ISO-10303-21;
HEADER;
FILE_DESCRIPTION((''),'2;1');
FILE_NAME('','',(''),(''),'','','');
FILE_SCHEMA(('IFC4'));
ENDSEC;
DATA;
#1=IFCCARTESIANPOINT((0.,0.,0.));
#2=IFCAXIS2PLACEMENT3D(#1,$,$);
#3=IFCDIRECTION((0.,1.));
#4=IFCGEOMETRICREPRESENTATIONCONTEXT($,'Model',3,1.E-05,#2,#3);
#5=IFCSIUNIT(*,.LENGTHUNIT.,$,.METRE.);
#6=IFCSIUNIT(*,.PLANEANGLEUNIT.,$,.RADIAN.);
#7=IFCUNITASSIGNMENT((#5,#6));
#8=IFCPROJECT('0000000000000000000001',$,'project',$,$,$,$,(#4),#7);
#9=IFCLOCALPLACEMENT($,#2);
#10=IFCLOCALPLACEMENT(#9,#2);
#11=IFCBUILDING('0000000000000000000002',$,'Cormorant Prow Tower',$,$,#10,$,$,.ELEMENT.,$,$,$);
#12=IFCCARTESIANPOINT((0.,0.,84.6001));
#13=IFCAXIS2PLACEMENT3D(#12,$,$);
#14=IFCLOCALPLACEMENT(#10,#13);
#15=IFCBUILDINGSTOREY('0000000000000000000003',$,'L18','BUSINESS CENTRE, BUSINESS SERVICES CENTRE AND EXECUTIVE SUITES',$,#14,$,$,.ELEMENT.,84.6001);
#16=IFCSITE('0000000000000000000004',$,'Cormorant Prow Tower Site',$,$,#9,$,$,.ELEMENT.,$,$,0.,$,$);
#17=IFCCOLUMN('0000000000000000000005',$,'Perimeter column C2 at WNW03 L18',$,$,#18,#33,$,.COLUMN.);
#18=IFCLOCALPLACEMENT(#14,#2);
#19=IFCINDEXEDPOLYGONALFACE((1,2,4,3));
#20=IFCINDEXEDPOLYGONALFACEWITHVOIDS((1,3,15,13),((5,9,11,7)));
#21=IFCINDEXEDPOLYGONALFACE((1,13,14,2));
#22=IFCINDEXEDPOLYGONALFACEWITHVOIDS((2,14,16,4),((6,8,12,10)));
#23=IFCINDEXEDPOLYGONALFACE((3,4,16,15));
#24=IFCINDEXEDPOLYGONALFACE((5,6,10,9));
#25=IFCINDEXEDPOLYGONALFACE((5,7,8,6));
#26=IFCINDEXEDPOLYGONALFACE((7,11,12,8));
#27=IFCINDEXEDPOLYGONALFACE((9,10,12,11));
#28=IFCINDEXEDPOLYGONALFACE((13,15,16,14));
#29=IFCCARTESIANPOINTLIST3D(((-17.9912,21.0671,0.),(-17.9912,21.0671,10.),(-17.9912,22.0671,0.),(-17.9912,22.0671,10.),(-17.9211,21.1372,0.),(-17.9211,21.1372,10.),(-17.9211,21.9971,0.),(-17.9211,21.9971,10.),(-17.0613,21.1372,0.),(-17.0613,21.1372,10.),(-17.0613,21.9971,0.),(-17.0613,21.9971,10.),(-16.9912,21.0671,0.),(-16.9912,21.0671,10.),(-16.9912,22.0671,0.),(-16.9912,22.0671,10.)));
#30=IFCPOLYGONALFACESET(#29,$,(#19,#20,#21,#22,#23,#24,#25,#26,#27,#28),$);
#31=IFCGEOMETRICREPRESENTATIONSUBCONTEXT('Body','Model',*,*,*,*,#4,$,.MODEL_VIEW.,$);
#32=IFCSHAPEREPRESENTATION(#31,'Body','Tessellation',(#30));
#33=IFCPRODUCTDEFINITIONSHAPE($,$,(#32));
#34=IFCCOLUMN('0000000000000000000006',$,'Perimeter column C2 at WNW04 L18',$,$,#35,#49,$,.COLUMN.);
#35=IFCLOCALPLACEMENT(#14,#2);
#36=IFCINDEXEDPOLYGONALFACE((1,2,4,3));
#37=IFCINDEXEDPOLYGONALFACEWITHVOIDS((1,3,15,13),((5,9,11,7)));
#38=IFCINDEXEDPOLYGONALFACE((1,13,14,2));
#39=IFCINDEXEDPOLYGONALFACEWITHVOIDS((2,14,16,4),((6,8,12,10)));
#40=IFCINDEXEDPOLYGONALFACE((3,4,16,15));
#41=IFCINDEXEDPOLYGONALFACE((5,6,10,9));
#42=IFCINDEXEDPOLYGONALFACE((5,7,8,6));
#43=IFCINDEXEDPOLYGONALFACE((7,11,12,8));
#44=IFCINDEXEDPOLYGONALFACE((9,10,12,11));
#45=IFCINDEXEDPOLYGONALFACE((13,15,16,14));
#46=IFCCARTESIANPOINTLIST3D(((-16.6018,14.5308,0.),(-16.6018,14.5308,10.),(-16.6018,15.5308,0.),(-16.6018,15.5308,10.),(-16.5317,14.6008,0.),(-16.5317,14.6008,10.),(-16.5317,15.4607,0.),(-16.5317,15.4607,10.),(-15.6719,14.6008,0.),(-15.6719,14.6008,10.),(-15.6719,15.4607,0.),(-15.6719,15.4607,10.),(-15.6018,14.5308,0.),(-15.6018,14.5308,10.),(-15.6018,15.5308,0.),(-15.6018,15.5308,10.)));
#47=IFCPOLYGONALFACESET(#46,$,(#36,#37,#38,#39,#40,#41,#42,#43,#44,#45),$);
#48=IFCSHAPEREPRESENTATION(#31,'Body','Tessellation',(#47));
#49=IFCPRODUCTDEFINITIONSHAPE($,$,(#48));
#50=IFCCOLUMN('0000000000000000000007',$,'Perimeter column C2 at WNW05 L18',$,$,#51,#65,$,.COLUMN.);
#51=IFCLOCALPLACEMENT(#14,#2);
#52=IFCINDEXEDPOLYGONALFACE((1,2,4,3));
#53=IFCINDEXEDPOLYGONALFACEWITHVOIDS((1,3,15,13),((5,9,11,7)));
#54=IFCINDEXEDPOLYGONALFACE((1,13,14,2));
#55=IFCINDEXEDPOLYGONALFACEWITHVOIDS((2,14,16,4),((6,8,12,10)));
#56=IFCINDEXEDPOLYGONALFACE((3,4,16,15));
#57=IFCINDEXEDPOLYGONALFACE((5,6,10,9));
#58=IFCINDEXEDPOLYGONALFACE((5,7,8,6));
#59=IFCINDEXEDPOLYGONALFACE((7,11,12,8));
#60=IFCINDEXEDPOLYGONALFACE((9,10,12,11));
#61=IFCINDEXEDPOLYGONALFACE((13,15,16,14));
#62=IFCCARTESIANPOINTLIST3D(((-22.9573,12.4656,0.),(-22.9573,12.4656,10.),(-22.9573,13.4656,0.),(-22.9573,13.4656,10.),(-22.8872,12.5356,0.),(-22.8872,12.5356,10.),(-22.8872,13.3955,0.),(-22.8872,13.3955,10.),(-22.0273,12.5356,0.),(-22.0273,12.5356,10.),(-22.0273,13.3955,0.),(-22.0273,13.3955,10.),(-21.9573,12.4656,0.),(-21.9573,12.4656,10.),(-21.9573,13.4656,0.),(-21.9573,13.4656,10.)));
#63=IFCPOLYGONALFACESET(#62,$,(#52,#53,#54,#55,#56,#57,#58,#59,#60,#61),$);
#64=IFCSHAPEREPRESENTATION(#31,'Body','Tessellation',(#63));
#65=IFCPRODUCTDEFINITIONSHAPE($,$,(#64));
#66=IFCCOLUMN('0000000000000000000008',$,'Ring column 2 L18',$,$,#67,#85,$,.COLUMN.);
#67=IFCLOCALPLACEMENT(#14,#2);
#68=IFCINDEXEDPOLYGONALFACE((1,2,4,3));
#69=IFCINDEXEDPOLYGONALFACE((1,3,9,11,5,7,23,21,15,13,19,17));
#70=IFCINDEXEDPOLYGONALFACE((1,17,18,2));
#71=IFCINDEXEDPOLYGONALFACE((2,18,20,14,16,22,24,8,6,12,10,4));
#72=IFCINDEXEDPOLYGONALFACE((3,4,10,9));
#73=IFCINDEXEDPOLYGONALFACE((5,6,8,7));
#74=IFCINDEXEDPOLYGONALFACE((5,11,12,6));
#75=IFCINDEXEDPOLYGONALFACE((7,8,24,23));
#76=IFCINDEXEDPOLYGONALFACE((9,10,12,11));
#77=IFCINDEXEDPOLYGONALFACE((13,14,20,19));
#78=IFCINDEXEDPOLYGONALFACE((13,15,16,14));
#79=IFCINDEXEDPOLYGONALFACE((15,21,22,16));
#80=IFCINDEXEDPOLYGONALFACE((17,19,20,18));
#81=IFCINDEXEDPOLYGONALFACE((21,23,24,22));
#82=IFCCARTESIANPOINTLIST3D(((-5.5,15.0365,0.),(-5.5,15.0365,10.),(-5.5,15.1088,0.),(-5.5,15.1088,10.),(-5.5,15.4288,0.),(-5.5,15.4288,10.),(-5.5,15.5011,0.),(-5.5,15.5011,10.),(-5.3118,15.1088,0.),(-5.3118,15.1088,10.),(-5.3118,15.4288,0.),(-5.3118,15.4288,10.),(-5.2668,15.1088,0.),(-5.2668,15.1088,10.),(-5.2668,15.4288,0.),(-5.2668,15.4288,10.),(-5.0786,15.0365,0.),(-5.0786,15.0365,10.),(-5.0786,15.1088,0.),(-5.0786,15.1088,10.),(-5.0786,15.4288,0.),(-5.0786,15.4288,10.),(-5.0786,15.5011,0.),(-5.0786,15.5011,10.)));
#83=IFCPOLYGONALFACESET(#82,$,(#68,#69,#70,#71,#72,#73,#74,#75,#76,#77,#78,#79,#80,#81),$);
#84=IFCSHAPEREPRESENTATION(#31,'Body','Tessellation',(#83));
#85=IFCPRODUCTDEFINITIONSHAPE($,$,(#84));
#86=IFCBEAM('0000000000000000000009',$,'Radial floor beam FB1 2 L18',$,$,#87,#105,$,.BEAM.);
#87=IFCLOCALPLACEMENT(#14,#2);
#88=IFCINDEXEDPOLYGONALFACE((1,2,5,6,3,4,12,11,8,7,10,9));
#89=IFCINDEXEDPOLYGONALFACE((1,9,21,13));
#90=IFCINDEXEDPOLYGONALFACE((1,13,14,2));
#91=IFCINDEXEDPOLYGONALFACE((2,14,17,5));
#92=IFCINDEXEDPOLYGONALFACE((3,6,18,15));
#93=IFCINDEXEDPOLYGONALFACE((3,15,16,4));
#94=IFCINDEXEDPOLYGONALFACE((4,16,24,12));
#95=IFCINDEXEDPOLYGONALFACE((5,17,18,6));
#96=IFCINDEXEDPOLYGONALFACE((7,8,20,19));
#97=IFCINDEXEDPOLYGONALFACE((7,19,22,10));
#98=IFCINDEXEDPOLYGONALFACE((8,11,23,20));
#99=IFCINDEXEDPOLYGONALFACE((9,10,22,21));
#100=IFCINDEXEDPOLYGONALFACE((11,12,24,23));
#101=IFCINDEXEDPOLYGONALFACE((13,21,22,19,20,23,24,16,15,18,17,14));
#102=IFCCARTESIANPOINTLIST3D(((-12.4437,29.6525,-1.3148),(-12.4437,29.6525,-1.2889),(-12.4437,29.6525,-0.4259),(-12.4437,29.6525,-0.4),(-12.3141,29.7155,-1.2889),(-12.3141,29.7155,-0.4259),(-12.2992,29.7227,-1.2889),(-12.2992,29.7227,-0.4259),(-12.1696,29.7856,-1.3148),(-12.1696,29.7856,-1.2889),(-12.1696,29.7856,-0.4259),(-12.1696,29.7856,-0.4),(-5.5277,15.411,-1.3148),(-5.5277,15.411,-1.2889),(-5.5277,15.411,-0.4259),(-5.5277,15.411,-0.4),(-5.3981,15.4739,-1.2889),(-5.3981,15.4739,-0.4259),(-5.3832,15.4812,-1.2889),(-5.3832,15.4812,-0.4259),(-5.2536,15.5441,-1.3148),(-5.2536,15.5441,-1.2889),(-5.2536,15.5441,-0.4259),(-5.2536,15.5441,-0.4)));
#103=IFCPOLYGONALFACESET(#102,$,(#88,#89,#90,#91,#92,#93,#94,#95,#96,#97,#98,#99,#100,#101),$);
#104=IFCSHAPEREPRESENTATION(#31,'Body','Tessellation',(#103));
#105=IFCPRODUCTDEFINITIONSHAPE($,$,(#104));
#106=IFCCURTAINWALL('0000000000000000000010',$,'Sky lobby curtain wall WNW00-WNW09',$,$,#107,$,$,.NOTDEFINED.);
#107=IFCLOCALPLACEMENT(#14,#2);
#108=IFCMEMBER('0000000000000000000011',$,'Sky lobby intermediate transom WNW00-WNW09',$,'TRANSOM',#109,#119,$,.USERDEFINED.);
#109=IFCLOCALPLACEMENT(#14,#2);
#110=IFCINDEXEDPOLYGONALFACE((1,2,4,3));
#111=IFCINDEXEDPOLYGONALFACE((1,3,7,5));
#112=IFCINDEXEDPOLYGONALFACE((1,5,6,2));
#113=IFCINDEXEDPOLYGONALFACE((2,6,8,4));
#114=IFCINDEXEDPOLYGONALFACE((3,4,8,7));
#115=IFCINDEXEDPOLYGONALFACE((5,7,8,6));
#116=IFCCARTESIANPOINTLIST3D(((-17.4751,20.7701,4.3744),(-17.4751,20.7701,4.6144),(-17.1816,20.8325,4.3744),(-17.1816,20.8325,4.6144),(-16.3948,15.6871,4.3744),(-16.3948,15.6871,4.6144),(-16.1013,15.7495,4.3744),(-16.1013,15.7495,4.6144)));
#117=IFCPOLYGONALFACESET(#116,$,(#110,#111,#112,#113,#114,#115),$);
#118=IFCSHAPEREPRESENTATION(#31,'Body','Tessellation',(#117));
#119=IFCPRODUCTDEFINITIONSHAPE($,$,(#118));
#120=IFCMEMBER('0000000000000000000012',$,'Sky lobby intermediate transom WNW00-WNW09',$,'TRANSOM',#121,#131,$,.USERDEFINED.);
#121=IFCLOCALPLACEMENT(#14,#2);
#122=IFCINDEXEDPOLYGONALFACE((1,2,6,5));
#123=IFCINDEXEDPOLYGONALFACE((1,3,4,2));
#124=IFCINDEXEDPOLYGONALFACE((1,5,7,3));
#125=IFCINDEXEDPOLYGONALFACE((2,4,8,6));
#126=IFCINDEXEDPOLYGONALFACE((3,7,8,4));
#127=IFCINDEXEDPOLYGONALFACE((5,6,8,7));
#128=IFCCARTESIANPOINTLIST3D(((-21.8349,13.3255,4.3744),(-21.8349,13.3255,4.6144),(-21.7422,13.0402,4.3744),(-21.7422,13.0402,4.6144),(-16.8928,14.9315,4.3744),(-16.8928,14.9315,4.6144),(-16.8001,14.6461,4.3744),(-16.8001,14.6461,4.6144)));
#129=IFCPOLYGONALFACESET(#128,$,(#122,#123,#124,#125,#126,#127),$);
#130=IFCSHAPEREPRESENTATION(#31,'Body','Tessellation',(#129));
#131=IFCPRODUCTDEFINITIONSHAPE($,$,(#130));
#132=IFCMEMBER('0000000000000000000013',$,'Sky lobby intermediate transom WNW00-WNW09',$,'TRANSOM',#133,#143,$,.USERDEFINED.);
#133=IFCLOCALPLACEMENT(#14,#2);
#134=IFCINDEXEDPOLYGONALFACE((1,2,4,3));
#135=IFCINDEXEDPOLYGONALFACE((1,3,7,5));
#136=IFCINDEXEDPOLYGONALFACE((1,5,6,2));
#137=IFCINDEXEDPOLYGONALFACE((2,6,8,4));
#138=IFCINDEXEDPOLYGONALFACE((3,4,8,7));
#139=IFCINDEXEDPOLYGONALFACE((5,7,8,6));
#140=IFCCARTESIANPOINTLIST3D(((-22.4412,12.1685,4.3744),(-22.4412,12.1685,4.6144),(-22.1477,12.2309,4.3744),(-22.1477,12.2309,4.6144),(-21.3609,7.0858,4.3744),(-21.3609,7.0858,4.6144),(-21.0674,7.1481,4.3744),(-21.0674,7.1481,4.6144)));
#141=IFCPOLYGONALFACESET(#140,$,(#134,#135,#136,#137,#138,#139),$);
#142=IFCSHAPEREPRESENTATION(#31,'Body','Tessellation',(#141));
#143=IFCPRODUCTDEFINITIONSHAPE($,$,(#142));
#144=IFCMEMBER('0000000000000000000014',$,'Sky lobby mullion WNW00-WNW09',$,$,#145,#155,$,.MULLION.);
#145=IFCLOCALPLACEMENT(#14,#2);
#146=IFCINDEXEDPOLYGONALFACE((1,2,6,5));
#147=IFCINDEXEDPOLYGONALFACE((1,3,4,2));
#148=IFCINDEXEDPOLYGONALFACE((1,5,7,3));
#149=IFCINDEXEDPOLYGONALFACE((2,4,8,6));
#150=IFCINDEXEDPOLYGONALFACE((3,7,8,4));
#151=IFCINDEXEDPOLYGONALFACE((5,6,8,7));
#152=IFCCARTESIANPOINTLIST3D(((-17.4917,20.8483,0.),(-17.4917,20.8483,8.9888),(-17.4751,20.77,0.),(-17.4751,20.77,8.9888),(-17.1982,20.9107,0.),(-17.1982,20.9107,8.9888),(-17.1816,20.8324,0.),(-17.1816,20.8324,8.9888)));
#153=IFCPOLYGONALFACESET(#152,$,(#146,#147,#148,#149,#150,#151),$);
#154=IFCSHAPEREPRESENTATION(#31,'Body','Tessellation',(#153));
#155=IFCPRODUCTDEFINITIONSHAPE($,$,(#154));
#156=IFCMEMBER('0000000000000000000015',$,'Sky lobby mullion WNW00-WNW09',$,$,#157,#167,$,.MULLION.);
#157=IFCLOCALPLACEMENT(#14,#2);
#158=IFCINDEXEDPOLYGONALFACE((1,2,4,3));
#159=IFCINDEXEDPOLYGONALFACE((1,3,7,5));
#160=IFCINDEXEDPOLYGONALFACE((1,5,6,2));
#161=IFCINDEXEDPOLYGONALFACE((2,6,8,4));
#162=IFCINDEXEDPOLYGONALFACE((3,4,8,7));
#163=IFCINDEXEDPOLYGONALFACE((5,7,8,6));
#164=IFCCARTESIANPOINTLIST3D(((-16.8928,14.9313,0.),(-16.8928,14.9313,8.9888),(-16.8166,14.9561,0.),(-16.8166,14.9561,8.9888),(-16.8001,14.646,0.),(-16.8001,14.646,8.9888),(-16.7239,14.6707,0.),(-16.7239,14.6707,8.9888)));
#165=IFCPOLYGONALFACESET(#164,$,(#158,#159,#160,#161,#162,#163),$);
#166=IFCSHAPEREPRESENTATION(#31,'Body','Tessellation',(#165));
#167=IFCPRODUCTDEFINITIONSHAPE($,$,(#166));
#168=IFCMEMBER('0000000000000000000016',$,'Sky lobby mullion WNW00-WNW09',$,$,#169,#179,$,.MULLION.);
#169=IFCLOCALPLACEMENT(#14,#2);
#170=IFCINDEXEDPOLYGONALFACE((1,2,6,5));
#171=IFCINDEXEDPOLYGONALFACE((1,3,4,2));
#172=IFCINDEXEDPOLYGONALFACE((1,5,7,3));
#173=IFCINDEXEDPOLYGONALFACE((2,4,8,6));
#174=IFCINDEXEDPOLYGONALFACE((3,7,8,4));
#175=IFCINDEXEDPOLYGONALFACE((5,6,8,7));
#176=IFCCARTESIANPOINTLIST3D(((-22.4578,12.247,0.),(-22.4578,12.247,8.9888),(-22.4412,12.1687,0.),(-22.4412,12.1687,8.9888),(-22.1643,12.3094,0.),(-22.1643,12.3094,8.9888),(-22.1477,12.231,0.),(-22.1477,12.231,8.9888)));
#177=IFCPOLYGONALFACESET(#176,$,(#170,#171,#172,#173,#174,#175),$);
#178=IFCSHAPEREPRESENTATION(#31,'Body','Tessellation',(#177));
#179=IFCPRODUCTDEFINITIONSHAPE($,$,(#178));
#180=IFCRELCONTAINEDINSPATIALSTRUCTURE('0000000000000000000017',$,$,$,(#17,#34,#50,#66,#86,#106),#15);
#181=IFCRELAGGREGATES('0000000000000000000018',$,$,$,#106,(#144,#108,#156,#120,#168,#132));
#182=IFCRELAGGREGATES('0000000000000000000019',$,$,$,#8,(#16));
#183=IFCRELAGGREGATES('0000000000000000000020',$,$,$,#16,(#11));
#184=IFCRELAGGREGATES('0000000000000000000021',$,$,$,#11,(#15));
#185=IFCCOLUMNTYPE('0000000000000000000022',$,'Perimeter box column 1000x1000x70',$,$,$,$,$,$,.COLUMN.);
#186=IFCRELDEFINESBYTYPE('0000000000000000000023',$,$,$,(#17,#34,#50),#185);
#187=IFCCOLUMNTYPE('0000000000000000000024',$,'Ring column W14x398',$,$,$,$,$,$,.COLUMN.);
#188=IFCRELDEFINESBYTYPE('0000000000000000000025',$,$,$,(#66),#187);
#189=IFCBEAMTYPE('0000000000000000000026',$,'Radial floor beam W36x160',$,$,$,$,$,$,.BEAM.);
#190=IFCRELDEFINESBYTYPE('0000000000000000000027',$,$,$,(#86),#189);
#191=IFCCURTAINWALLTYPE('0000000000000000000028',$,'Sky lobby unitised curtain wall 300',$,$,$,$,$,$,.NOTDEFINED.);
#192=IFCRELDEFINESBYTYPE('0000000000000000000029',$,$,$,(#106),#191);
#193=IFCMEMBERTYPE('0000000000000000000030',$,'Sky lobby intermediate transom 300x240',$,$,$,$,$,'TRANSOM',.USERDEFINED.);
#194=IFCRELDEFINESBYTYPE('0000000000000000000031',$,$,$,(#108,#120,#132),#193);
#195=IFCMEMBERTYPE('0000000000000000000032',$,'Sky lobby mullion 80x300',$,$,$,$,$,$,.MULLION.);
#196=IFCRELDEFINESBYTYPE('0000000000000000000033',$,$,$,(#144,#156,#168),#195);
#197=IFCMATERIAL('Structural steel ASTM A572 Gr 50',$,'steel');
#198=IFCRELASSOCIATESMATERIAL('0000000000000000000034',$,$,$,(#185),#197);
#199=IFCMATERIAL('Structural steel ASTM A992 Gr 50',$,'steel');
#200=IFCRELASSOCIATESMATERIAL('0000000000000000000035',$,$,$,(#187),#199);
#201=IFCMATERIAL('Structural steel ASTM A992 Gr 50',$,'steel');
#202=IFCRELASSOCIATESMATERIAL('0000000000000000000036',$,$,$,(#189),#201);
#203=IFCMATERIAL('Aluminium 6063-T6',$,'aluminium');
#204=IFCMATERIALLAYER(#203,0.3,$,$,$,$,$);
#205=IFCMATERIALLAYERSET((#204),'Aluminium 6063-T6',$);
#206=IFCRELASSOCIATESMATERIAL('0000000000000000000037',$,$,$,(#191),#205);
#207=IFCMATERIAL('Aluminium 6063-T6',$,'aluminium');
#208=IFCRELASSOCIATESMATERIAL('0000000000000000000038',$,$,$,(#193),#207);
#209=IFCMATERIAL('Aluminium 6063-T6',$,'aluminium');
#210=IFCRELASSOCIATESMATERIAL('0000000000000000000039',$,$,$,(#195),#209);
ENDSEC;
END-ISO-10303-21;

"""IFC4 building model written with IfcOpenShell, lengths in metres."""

from ifc_helpers import new_model, si_unit, direction, frame, origin, origin_2d, place, context, subcontext, project, spatial, rectangle, hollow_rectangle, i_section, extrude, material, layer, layer_set, material_profile, profile_set, type_object, element, aggregate, save


model = new_model("IFC4")

# Units and contexts
model_context = context("Model", 3, precision=1e-05, world=origin(), true_north=direction((0.0, 1.0)))
body_context = subcontext(model_context, "Body", "Model", "MODEL_VIEW")
ifc_project = project(units=[si_unit("LENGTHUNIT", "METRE"), si_unit("PLANEANGLEUNIT", "RADIAN")], contexts=[model_context])

# Site, building, storey
site_placement = place(None, origin())
site = spatial("IfcSite", under=ifc_project, at=site_placement, Name="Cormorant Prow Tower Site", CompositionType="ELEMENT", RefElevation=0.0)
building_placement = place(site_placement, origin())
building = spatial("IfcBuilding", under=site, at=building_placement, Name="Cormorant Prow Tower", CompositionType="ELEMENT")
storey_placement = place(building_placement, frame((0.0, 0.0, 84.6001)))
storey = spatial("IfcBuildingStorey", under=building, at=storey_placement, Name="L18", Description="BUSINESS CENTRE, BUSINESS SERVICES CENTRE AND EXECUTIVE SUITES", CompositionType="ELEMENT", Elevation=84.6001)

# Columns
ifc_material_1 = material(Name="Structural steel ASTM A572 Gr 50", Category="steel")
ifc_material_profile_1 = material_profile(ifc_material_1, hollow_rectangle(XDim=1.0, YDim=1.0, WallThickness=0.0701, at=origin_2d()), Name="Box 1000x1000x70")
ifc_profile_set_1 = profile_set([ifc_material_profile_1], Name="Structural steel ASTM A572 Gr 50")
column_type_1 = type_object("IfcColumnType", Name="Perimeter box column 1000x1000x70", PredefinedType="COLUMN", material=ifc_profile_set_1)
for number, where, z_axis, x_axis, name in (
    (1, (-17.4912, 21.5671, 0.0), (0.0, 0.0, 1.0), (1.0, 0.0, 0.0), "Perimeter column C2 at WNW03 L18"),
    (2, (-16.1018, 15.0308, 0.0), (0.0, 0.0, 1.0), (1.0, 0.0, 0.0), "Perimeter column C2 at WNW04 L18"),
    (3, (-22.4573, 12.9656, 0.0), (0.0, 0.0, 1.0), (1.0, 0.0, 0.0), "Perimeter column C2 at WNW05 L18"),
):
    element("IfcColumn", number, at=place(storey_placement, frame(where, z_axis=z_axis, x_axis=x_axis)), inside=storey, type_object=column_type_1, Name=name, PredefinedType="COLUMN", context=body_context, shape_type="SweptSolid", body=[
        extrude(hollow_rectangle(XDim=1.0, YDim=1.0, WallThickness=0.0701, at=origin_2d()), origin(), (0.0, 0.0, 1.0), 10.0),
    ])
ifc_material_2 = material(Name="Structural steel ASTM A992 Gr 50", Category="steel")
ifc_material_profile_2 = material_profile(ifc_material_2, i_section(OverallWidth=0.4214, OverallDepth=0.4646, WebThickness=0.0449, FlangeThickness=0.0723, at=origin_2d()), Name="W14x398")
ifc_profile_set_2 = profile_set([ifc_material_profile_2], Name="Structural steel ASTM A992 Gr 50")
column_type_2 = type_object("IfcColumnType", Name="Ring column W14x398", PredefinedType="COLUMN", material=ifc_profile_set_2)
column_placement = place(storey_placement, frame((-5.2893, 15.2688, 0.0), z_axis=(0.0, 0.0, 1.0), x_axis=(1.0, 0.0, 0.0)))
element("IfcColumn", 4, at=column_placement, inside=storey, type_object=column_type_2, Name="Ring column 2 L18", PredefinedType="COLUMN", context=body_context, shape_type="SweptSolid", body=[
    extrude(i_section(OverallWidth=0.4214, OverallDepth=0.4646, WebThickness=0.0449, FlangeThickness=0.0723, at=origin_2d()), origin(), (0.0, 0.0, 1.0), 10.0),
])

# Beam
ifc_material_3 = material(Name="Structural steel ASTM A992 Gr 50", Category="steel")
ifc_material_profile_3 = material_profile(ifc_material_3, i_section(OverallWidth=0.3047, OverallDepth=0.9148, WebThickness=0.0166, FlangeThickness=0.0259, at=origin_2d()), Name="W36x160")
ifc_profile_set_3 = profile_set([ifc_material_profile_3], Name="Structural steel ASTM A992 Gr 50")
beam_type_1 = type_object("IfcBeamType", Name="Radial floor beam W36x160", PredefinedType="BEAM", material=ifc_profile_set_3)
beam_1_placement = place(storey_placement, frame((-5.3906, 15.4775, -0.8574), z_axis=(-0.436839, 0.899539, 0.0), x_axis=(-0.899539, -0.436839, 0.0)))
element("IfcBeam", 5, at=beam_1_placement, inside=storey, type_object=beam_type_1, Name="Radial floor beam FB1 2 L18", PredefinedType="BEAM", context=body_context, shape_type="SweptSolid", body=[
    extrude(i_section(OverallWidth=0.3047, OverallDepth=0.9148, WebThickness=0.0166, FlangeThickness=0.0259, at=origin_2d()), origin(), (0.0, 0.0, 1.0), 15.832),
])

# Curtain wall, members
ifc_material_4 = material(Name="Aluminium 6063-T6", Category="aluminium")
ifc_layer_1 = layer(ifc_material_4, 0.3)
ifc_layer_set_1 = layer_set([ifc_layer_1], Name="Aluminium 6063-T6")
curtain_wall_type = type_object("IfcCurtainWallType", Name="Sky lobby unitised curtain wall 300", PredefinedType="NOTDEFINED", material=ifc_layer_set_1)
curtain_wall_placement = place(storey_placement, origin())
curtain_wall = element("IfcCurtainWall", 6, at=curtain_wall_placement, inside=storey, type_object=curtain_wall_type, Name="Sky lobby curtain wall WNW00-WNW09", PredefinedType="NOTDEFINED")
ifc_material_5 = material(Name="Aluminium 6063-T6", Category="aluminium")
ifc_material_profile_4 = material_profile(ifc_material_5, rectangle(XDim=0.3, YDim=0.24, at=origin_2d()), Name="Sky lobby intermediate transom 300x240")
ifc_profile_set_4 = profile_set([ifc_material_profile_4], Name="Aluminium 6063-T6")
member_type_1 = type_object("IfcMemberType", Name="Sky lobby intermediate transom 300x240", ElementType="TRANSOM", PredefinedType="USERDEFINED", material=ifc_profile_set_4)
member_1_placement = place(storey_placement, frame((-17.3284, 20.8013, 4.4944), z_axis=(0.207892, -0.978152, 0.0), x_axis=(0.978152, 0.207892, 0.0)))
member_1 = element("IfcMember", 7, at=member_1_placement, type_object=member_type_1, Name="Sky lobby intermediate transom WNW00-WNW09", ObjectType="TRANSOM", PredefinedType="USERDEFINED", context=body_context, shape_type="SweptSolid", body=[
    extrude(rectangle(XDim=0.3, YDim=0.24, at=origin_2d()), origin(), (0.0, 0.0, 1.0), 5.1965),
])
member_2_placement = place(storey_placement, frame((-16.8464, 14.7888, 4.4944), z_axis=(-0.951048, -0.309045, 0.0), x_axis=(0.309045, -0.951048, 0.0)))
member_2 = element("IfcMember", 8, at=member_2_placement, type_object=member_type_1, Name="Sky lobby intermediate transom WNW00-WNW09", ObjectType="TRANSOM", PredefinedType="USERDEFINED", context=body_context, shape_type="SweptSolid", body=[
    extrude(rectangle(XDim=0.3, YDim=0.24, at=origin_2d()), origin(), (0.0, 0.0, 1.0), 5.1965),
])
member_3_placement = place(storey_placement, frame((-22.2944, 12.1997, 4.4944), z_axis=(0.207902, -0.97815, 0.0), x_axis=(0.97815, 0.207902, 0.0)))
member_3 = element("IfcMember", 9, at=member_3_placement, type_object=member_type_1, Name="Sky lobby intermediate transom WNW00-WNW09", ObjectType="TRANSOM", PredefinedType="USERDEFINED", context=body_context, shape_type="SweptSolid", body=[
    extrude(rectangle(XDim=0.3, YDim=0.24, at=origin_2d()), origin(), (0.0, 0.0, 1.0), 5.1963),
])
ifc_material_6 = material(Name="Aluminium 6063-T6", Category="aluminium")
ifc_material_profile_5 = material_profile(ifc_material_6, rectangle(XDim=0.3, YDim=0.0801, at=origin_2d()), Name="Sky lobby mullion 80x300")
ifc_profile_set_5 = profile_set([ifc_material_profile_5], Name="Aluminium 6063-T6")
member_type_2 = type_object("IfcMemberType", Name="Sky lobby mullion 80x300", PredefinedType="MULLION", material=ifc_profile_set_5)
member_4_placement = place(storey_placement, frame((-17.3367, 20.8403, 0.0), z_axis=(0.0, 0.0, 1.0), x_axis=(0.978148, 0.207912, 0.0)))
member_4 = element("IfcMember", 10, at=member_4_placement, type_object=member_type_2, Name="Sky lobby mullion WNW00-WNW09", PredefinedType="MULLION", context=body_context, shape_type="SweptSolid", body=[
    extrude(rectangle(XDim=0.3, YDim=0.0801, at=origin_2d()), origin(), (0.0, 0.0, 1.0), 8.9888),
])
member_5_placement = place(storey_placement, frame((-16.8083, 14.801, 0.0), z_axis=(0.0, 0.0, 1.0), x_axis=(0.309017, -0.951056, 0.0)))
member_5 = element("IfcMember", 11, at=member_5_placement, type_object=member_type_2, Name="Sky lobby mullion WNW00-WNW09", PredefinedType="MULLION", context=body_context, shape_type="SweptSolid", body=[
    extrude(rectangle(XDim=0.3, YDim=0.0801, at=origin_2d()), origin(), (0.0, 0.0, 1.0), 8.9888),
])
member_6_placement = place(storey_placement, frame((-22.3027, 12.239, 0.0), z_axis=(0.0, 0.0, 1.0), x_axis=(0.978148, 0.207912, 0.0)))
member_6 = element("IfcMember", 12, at=member_6_placement, type_object=member_type_2, Name="Sky lobby mullion WNW00-WNW09", PredefinedType="MULLION", context=body_context, shape_type="SweptSolid", body=[
    extrude(rectangle(XDim=0.3, YDim=0.0801, at=origin_2d()), origin(), (0.0, 0.0, 1.0), 8.9888),
])

aggregate(curtain_wall, [member_4, member_1, member_5, member_2, member_6, member_3])

save(model, "model.ifc")
